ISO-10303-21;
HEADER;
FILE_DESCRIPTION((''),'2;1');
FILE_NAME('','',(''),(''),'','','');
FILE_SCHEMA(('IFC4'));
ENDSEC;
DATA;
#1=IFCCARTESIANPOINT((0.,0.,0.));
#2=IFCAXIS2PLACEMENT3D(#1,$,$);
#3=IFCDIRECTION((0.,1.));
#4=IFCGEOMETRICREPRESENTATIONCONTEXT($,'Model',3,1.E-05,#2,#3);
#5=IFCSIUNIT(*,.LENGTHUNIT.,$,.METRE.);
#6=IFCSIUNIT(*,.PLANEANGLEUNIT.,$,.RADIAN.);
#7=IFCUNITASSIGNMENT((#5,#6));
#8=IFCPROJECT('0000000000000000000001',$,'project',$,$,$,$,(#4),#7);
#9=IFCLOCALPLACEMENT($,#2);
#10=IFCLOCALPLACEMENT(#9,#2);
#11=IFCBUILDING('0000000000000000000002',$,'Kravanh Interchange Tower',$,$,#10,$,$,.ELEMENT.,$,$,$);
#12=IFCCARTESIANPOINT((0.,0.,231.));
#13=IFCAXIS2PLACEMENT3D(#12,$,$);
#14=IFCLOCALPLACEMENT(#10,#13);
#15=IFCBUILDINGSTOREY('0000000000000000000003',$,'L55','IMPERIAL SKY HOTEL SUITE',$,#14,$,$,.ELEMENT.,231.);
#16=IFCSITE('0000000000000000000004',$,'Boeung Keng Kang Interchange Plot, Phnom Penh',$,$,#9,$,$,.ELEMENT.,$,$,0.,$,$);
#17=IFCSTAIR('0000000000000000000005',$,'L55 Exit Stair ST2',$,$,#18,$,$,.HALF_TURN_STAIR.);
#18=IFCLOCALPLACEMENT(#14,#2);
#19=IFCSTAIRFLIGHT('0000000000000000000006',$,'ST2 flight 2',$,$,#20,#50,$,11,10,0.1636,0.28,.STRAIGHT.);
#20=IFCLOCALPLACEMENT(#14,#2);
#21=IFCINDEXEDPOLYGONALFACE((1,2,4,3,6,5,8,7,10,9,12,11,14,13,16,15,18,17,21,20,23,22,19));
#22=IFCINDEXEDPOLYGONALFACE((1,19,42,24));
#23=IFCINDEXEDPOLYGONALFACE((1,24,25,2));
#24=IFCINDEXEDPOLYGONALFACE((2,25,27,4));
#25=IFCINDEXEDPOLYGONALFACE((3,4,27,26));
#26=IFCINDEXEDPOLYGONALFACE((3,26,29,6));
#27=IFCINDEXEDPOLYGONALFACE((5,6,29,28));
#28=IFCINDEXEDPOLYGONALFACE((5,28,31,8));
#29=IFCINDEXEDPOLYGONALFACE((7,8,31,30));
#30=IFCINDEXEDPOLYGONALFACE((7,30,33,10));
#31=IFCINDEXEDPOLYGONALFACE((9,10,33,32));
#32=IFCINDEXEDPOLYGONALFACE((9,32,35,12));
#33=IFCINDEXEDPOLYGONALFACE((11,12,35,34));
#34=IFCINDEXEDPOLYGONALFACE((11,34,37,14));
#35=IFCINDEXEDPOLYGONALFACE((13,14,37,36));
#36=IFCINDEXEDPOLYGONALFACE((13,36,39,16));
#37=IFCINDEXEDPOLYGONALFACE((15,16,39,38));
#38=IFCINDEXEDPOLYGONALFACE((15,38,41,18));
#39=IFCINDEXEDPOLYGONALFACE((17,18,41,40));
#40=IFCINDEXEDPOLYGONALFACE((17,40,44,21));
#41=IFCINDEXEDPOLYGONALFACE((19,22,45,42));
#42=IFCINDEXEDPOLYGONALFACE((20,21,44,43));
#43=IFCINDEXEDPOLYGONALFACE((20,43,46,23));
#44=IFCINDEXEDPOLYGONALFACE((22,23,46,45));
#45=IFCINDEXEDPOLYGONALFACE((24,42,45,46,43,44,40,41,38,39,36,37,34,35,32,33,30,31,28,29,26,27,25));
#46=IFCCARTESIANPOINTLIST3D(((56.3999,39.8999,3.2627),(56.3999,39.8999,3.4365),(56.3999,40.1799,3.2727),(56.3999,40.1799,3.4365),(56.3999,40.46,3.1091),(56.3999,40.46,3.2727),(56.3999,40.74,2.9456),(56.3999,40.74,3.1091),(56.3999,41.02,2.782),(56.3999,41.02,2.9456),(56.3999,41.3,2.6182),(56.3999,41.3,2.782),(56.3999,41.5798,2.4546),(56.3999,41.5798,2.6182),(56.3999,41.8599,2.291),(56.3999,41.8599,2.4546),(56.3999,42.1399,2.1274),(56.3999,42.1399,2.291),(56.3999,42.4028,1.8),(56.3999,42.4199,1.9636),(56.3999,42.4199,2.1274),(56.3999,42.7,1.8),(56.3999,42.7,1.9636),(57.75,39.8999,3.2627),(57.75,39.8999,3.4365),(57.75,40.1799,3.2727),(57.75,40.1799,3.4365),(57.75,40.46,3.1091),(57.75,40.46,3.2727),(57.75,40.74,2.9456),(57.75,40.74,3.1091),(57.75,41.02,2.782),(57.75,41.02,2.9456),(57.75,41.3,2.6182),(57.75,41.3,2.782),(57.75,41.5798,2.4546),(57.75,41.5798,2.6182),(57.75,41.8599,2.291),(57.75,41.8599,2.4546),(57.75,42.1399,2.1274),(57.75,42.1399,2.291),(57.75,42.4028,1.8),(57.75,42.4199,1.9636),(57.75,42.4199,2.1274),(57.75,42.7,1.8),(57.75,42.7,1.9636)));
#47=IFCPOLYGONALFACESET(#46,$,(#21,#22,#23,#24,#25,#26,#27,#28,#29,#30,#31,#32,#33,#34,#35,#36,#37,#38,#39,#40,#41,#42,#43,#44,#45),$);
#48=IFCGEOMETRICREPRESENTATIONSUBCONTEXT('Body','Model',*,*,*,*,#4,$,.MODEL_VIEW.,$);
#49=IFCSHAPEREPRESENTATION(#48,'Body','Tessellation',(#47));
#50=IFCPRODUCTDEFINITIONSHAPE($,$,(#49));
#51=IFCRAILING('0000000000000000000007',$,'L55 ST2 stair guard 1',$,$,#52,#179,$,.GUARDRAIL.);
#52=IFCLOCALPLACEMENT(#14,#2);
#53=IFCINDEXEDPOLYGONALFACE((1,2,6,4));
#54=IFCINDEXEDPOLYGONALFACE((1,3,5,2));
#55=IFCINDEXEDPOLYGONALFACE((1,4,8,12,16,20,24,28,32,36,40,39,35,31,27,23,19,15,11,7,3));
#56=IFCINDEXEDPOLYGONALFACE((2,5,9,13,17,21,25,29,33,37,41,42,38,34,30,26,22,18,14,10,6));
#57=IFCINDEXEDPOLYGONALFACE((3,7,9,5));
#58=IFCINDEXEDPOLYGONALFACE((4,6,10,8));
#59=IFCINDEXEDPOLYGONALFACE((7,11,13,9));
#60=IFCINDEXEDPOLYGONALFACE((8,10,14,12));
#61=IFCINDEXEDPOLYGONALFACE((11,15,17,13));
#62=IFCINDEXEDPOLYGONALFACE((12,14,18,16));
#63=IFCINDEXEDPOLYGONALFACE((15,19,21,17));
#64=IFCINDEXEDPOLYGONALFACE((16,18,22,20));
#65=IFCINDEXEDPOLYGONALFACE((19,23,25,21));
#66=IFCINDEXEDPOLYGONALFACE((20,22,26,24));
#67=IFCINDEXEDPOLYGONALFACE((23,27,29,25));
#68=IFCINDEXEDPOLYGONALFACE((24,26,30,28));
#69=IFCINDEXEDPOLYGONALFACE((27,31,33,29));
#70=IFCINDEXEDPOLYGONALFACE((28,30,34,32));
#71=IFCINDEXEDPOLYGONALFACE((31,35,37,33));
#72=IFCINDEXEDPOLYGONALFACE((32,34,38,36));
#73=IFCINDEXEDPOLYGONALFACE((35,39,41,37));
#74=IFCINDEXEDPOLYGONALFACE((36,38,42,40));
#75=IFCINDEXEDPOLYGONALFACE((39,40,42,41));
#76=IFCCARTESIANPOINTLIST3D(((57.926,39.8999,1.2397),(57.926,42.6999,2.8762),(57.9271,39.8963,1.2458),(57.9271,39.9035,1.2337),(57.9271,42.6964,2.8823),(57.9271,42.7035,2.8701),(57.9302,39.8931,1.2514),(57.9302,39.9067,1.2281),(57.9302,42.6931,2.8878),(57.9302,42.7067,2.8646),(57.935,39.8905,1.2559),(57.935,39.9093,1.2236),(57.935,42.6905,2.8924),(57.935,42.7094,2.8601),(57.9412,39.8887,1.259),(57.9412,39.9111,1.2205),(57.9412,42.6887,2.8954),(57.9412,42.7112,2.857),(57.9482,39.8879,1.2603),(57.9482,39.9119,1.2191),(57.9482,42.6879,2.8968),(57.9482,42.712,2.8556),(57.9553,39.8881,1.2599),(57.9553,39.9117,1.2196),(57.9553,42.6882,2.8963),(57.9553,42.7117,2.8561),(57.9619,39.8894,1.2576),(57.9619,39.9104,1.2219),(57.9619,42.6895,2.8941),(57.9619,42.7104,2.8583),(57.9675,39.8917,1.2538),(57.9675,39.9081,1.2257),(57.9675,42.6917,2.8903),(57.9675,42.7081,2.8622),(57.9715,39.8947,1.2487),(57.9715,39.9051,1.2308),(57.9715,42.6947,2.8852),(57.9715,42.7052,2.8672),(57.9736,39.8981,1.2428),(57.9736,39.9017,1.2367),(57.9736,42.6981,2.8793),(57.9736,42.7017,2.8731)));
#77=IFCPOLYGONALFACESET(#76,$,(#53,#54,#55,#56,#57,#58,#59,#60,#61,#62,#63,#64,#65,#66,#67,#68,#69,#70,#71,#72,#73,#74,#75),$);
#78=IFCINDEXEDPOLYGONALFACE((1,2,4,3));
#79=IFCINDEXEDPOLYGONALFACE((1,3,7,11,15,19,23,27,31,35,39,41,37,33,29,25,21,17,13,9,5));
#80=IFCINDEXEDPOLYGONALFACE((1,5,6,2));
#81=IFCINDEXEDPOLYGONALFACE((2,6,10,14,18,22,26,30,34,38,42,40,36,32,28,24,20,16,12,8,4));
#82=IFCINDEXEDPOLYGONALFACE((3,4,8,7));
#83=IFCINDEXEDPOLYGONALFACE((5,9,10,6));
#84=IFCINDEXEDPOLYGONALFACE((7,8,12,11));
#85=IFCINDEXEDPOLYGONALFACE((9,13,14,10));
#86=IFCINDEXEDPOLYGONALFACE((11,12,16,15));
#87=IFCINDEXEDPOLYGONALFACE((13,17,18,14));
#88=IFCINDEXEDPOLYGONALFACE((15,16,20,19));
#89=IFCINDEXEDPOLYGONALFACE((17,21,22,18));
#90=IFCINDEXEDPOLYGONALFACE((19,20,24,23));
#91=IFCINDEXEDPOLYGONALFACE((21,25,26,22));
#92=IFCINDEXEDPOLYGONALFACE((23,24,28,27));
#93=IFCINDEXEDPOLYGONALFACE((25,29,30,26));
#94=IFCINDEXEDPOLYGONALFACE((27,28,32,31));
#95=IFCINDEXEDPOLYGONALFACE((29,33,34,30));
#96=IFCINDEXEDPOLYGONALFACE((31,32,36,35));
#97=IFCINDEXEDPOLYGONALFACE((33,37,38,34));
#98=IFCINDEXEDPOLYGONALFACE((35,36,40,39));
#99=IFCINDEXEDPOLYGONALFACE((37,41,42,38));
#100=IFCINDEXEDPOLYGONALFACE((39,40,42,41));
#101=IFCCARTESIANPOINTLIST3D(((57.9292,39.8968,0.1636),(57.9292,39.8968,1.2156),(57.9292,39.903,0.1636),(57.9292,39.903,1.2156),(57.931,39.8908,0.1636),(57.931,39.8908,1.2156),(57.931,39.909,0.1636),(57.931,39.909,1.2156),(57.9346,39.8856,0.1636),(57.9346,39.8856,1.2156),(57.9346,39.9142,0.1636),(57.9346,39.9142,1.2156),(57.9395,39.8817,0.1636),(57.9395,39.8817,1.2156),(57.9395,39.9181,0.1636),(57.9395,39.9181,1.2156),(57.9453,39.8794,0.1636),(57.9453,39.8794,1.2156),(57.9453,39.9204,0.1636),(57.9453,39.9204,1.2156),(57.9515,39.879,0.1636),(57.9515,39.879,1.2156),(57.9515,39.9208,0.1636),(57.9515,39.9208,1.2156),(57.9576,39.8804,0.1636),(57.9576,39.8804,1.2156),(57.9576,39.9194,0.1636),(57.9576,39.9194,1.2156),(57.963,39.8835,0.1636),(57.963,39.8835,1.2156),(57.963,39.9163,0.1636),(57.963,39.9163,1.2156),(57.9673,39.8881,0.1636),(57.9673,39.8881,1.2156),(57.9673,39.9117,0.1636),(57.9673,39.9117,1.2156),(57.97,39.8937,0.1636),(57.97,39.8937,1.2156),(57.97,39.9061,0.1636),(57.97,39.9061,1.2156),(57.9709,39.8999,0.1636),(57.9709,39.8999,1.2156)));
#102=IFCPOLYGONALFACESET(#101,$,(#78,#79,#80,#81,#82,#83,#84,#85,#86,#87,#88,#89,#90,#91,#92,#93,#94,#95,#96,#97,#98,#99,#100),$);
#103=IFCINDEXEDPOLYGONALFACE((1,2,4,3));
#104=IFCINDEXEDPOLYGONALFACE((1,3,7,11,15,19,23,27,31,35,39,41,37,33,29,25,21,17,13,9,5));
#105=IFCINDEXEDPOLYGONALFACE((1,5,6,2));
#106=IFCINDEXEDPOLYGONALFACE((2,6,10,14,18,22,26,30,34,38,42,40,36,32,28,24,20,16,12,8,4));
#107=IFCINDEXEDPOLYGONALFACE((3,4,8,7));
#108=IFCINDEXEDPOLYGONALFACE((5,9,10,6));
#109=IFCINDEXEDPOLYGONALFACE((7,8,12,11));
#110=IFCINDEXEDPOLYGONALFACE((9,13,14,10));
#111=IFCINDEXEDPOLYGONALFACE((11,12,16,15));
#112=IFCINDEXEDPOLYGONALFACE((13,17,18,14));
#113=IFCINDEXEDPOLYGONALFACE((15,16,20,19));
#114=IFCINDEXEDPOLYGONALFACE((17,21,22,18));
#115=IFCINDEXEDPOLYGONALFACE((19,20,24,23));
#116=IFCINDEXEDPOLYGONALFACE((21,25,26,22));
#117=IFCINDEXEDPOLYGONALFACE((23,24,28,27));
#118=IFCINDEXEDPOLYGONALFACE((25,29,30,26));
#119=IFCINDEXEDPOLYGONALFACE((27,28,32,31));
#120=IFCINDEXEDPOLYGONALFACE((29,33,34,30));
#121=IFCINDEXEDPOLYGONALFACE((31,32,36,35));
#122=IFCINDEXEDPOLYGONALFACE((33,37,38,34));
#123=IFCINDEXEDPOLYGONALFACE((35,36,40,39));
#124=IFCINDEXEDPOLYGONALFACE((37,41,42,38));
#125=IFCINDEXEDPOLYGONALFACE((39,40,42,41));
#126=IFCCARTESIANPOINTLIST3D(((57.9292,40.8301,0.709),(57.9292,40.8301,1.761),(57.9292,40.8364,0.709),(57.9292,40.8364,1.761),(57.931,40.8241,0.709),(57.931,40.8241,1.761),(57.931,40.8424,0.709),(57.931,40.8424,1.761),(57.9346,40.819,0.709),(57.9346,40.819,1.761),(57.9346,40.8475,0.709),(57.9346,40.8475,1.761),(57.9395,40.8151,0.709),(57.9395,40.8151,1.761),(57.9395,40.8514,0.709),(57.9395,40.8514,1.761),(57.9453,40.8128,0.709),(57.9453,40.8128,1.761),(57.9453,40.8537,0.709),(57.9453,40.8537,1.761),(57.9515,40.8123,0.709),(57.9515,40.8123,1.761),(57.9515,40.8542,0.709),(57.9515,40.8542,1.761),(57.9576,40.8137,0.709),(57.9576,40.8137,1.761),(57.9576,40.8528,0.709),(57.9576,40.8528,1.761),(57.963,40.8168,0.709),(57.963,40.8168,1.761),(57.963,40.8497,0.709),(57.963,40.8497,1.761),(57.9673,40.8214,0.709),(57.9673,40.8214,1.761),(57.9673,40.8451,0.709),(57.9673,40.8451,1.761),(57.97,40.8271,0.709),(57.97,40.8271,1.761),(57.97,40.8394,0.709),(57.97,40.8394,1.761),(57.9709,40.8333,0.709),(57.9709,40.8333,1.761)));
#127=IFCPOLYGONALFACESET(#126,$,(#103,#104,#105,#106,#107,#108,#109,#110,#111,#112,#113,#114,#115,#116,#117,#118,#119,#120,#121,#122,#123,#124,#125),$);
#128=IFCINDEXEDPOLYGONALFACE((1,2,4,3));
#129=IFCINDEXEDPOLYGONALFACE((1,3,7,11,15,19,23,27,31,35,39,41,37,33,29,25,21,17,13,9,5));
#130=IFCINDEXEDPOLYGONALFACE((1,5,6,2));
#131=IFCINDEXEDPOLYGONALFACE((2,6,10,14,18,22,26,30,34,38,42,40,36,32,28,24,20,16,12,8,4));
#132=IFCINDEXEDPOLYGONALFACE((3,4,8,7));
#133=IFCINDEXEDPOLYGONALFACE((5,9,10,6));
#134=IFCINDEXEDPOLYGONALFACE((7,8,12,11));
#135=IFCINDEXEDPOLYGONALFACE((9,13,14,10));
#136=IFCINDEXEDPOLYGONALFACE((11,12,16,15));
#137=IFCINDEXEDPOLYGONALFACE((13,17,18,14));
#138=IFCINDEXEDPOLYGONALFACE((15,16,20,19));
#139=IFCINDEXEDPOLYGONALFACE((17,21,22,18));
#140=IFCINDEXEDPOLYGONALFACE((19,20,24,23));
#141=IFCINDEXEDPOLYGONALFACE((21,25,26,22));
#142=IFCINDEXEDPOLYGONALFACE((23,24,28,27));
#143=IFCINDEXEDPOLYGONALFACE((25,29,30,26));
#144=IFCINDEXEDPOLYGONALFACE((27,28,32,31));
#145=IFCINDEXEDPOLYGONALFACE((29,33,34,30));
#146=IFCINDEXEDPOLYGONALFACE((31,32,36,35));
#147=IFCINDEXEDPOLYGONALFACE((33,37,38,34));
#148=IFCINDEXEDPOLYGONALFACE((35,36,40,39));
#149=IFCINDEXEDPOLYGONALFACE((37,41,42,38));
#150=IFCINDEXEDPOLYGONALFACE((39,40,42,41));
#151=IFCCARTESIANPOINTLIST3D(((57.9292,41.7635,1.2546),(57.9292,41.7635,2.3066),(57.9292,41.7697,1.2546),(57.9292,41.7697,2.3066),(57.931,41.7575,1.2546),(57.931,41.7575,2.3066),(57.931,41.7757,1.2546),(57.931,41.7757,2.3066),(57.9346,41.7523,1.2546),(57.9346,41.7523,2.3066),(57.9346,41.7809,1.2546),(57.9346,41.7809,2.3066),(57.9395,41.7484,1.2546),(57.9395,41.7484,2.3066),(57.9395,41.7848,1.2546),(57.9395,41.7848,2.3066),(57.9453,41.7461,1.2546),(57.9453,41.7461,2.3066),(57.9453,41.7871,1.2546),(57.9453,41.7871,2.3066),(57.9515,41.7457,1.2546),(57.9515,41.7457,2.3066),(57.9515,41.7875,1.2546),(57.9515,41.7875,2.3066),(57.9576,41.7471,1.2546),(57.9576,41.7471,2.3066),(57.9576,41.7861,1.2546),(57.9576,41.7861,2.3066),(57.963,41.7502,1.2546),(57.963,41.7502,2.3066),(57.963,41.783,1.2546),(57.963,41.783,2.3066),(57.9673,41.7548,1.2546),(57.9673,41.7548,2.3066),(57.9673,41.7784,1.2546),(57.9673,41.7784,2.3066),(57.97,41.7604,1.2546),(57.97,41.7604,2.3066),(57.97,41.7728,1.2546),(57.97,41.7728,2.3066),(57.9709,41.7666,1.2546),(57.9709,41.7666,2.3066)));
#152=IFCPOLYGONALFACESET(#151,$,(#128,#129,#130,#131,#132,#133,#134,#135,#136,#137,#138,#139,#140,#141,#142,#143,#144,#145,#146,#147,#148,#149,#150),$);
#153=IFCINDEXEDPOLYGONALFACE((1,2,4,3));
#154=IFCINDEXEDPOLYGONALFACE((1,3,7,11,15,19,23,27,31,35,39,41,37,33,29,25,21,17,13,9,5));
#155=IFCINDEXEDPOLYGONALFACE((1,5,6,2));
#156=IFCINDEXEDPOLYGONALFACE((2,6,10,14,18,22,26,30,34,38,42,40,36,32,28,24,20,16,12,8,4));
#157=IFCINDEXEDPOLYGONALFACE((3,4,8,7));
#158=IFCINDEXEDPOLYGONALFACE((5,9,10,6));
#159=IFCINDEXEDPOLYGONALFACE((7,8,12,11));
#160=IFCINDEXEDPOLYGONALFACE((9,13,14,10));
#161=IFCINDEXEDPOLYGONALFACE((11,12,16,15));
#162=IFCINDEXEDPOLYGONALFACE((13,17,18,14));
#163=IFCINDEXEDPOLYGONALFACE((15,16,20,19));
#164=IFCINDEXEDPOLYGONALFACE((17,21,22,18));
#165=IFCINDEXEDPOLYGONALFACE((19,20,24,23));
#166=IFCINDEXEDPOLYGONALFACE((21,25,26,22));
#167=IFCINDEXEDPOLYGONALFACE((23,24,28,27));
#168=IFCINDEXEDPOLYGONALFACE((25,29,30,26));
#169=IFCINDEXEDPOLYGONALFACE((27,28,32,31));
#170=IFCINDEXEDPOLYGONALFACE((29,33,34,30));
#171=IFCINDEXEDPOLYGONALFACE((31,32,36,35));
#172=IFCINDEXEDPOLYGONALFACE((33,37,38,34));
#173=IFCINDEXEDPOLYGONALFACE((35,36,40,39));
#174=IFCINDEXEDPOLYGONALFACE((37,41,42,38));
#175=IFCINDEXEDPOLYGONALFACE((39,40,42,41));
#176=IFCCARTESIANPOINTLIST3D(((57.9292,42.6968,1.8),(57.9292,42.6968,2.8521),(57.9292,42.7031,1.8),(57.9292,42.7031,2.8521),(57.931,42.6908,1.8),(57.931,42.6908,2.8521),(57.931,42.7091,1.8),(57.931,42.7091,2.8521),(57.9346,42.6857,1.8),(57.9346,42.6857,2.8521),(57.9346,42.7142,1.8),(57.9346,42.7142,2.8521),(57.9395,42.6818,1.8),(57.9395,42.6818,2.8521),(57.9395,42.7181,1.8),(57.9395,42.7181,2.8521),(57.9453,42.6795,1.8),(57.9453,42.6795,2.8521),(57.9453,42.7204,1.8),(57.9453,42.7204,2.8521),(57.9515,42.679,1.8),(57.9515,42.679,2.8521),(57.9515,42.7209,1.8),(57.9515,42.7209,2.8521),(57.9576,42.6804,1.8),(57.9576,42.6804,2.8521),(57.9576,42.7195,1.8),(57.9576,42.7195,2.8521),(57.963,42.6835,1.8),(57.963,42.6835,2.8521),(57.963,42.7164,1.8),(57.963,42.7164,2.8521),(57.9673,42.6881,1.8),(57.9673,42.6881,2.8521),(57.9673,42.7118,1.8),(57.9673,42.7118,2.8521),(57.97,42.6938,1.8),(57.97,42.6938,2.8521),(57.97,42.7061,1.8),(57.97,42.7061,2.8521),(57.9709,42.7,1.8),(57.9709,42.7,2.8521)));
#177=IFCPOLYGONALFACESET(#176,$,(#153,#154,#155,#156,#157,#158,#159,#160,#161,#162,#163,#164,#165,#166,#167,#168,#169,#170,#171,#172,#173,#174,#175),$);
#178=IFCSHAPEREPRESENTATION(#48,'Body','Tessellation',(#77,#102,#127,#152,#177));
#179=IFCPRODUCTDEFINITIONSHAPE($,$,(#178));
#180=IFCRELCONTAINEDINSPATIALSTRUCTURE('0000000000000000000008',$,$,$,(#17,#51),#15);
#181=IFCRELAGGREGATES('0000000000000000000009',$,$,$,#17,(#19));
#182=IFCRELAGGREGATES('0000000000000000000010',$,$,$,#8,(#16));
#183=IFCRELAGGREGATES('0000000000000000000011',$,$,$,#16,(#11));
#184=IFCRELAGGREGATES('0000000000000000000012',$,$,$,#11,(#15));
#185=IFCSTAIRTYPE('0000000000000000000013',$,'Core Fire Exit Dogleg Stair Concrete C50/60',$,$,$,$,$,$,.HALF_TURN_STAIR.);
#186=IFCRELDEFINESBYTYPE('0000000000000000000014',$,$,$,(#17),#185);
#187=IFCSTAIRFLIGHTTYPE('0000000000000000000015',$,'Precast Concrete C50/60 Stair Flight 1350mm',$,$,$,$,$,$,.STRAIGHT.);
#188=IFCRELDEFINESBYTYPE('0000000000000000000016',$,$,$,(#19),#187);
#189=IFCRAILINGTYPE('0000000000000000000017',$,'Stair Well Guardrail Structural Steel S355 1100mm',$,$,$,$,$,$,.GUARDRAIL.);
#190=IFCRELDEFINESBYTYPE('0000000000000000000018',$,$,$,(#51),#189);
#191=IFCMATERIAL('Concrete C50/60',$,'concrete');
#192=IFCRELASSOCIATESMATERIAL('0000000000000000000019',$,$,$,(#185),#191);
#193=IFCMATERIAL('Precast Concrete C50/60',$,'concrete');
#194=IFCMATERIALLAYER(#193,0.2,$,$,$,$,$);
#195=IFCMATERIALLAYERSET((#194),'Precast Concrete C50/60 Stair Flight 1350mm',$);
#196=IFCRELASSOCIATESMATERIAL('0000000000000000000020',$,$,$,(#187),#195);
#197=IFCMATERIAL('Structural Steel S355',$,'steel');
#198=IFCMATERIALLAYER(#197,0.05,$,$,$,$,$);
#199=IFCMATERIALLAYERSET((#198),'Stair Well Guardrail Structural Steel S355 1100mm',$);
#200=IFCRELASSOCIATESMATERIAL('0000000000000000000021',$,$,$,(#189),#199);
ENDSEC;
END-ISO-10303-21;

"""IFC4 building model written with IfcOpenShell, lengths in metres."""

from ifc_helpers import new_model, si_unit, direction, frame, origin, origin_2d, place, context, subcontext, project, spatial, polyline, circle, outline, extrude, material, layer, layer_set, type_object, element, aggregate, save


model = new_model("IFC4")

# Units and contexts
model_context = context("Model", 3, precision=1e-05, world=origin(), true_north=direction((0.0, 1.0)))
body_context = subcontext(model_context, "Body", "Model", "MODEL_VIEW")
ifc_project = project(units=[si_unit("LENGTHUNIT", "METRE"), si_unit("PLANEANGLEUNIT", "RADIAN")], contexts=[model_context])

# Site, building, storey
site_placement = place(None, origin())
site = spatial("IfcSite", under=ifc_project, at=site_placement, Name="Boeung Keng Kang Interchange Plot, Phnom Penh", CompositionType="ELEMENT", RefElevation=0.0)
building_placement = place(site_placement, origin())
building = spatial("IfcBuilding", under=site, at=building_placement, Name="Kravanh Interchange Tower", CompositionType="ELEMENT")
storey_placement = place(building_placement, frame((0.0, 0.0, 231.0)))
storey = spatial("IfcBuildingStorey", under=building, at=storey_placement, Name="L55", Description="IMPERIAL SKY HOTEL SUITE", CompositionType="ELEMENT", Elevation=231.0)

# Stair, stair flight
ifc_material_1 = material(Name="Concrete C50/60", Category="concrete")
stair_type = type_object("IfcStairType", Name="Core Fire Exit Dogleg Stair Concrete C50/60", PredefinedType="HALF_TURN_STAIR", material=ifc_material_1)
stair_placement = place(storey_placement, origin())
stair = element("IfcStair", 1, at=stair_placement, inside=storey, type_object=stair_type, Name="L55 Exit Stair ST2", PredefinedType="HALF_TURN_STAIR")
ifc_material_2 = material(Name="Precast Concrete C50/60", Category="concrete")
ifc_layer_1 = layer(ifc_material_2, 0.2)
ifc_layer_set_1 = layer_set([ifc_layer_1], Name="Precast Concrete C50/60 Stair Flight 1350mm")
stair_flight_type = type_object("IfcStairFlightType", Name="Precast Concrete C50/60 Stair Flight 1350mm", PredefinedType="STRAIGHT", material=ifc_layer_set_1)
stair_flight_1_placement = place(storey_placement, frame((57.075, 42.7, 1.8), z_axis=(0.0, 0.0, 1.0), x_axis=(0.0, -1.0, 0.0)))
stair_flight_1 = element("IfcStairFlight", 2, at=stair_flight_1_placement, type_object=stair_flight_type, Name="ST2 flight 2", NumberOfRisers=11, NumberOfTreads=10, PredefinedType="STRAIGHT", RiserHeight=0.1636, TreadLength=0.28, context=body_context, shape_type="SweptSolid", body=[
    extrude(outline(polyline([(0.0, 0.0), (0.0, 0.1636), (0.28, 0.1636), (0.28, 0.3274), (0.5601, 0.3274), (0.5601, 0.491), (0.8401, 0.491), (0.8401, 0.6545), (1.1201, 0.6545), (1.1201, 0.8181), (1.3999, 0.8181), (1.3999, 0.9819), (1.6799, 0.9819), (1.6799, 1.1455), (1.96, 1.1455), (1.96, 1.3091), (2.24, 1.3091), (2.24, 1.4727), (2.52, 1.4727), (2.52, 1.6365), (2.8, 1.6365), (2.8, 1.8), (2.8, 1.4626), (0.2971, 0.0), (0.0, 0.0)])), frame((0.0, 0.675, 0.0), z_axis=(0.0, -1.0, 0.0), x_axis=(1.0, 0.0, 0.0)), (0.0, 0.0, 1.0), 1.3501),
])
aggregate(stair, [stair_flight_1])

# Railing
ifc_material_3 = material(Name="Structural Steel S355", Category="steel")
ifc_layer_2 = layer(ifc_material_3, 0.05)
ifc_layer_set_2 = layer_set([ifc_layer_2], Name="Stair Well Guardrail Structural Steel S355 1100mm")
railing_type_1 = type_object("IfcRailingType", Name="Stair Well Guardrail Structural Steel S355 1100mm", PredefinedType="GUARDRAIL", material=ifc_layer_set_2)
railing_1_placement = place(storey_placement, frame((57.95, 39.8999, 0.1636)))
element("IfcRailing", 3, at=railing_1_placement, inside=storey, type_object=railing_type_1, Name="L55 ST2 stair guard 1", PredefinedType="GUARDRAIL", context=body_context, shape_type="SweptSolid", body=[
    extrude(circle(Radius=0.0239, at=origin_2d()), frame((0.0, 0.0, 1.0762), z_axis=(0.0, 0.863361, 0.504587), x_axis=(-1.0, 0.0, 0.0)), (0.0, 0.0, 1.0), 3.2432),
    extrude(circle(Radius=0.021, at=origin_2d()), origin(), (0.0, 0.0, 1.0), 1.052),
    extrude(circle(Radius=0.021, at=origin_2d()), frame((0.0, 0.9333, 0.5454)), (0.0, 0.0, 1.0), 1.052),
    extrude(circle(Radius=0.021, at=origin_2d()), frame((0.0, 1.8667, 1.0911)), (0.0, 0.0, 1.0), 1.052),
    extrude(circle(Radius=0.021, at=origin_2d()), frame((0.0, 2.8, 1.6365)), (0.0, 0.0, 1.0), 1.052),
])

save(model, "model.ifc")
